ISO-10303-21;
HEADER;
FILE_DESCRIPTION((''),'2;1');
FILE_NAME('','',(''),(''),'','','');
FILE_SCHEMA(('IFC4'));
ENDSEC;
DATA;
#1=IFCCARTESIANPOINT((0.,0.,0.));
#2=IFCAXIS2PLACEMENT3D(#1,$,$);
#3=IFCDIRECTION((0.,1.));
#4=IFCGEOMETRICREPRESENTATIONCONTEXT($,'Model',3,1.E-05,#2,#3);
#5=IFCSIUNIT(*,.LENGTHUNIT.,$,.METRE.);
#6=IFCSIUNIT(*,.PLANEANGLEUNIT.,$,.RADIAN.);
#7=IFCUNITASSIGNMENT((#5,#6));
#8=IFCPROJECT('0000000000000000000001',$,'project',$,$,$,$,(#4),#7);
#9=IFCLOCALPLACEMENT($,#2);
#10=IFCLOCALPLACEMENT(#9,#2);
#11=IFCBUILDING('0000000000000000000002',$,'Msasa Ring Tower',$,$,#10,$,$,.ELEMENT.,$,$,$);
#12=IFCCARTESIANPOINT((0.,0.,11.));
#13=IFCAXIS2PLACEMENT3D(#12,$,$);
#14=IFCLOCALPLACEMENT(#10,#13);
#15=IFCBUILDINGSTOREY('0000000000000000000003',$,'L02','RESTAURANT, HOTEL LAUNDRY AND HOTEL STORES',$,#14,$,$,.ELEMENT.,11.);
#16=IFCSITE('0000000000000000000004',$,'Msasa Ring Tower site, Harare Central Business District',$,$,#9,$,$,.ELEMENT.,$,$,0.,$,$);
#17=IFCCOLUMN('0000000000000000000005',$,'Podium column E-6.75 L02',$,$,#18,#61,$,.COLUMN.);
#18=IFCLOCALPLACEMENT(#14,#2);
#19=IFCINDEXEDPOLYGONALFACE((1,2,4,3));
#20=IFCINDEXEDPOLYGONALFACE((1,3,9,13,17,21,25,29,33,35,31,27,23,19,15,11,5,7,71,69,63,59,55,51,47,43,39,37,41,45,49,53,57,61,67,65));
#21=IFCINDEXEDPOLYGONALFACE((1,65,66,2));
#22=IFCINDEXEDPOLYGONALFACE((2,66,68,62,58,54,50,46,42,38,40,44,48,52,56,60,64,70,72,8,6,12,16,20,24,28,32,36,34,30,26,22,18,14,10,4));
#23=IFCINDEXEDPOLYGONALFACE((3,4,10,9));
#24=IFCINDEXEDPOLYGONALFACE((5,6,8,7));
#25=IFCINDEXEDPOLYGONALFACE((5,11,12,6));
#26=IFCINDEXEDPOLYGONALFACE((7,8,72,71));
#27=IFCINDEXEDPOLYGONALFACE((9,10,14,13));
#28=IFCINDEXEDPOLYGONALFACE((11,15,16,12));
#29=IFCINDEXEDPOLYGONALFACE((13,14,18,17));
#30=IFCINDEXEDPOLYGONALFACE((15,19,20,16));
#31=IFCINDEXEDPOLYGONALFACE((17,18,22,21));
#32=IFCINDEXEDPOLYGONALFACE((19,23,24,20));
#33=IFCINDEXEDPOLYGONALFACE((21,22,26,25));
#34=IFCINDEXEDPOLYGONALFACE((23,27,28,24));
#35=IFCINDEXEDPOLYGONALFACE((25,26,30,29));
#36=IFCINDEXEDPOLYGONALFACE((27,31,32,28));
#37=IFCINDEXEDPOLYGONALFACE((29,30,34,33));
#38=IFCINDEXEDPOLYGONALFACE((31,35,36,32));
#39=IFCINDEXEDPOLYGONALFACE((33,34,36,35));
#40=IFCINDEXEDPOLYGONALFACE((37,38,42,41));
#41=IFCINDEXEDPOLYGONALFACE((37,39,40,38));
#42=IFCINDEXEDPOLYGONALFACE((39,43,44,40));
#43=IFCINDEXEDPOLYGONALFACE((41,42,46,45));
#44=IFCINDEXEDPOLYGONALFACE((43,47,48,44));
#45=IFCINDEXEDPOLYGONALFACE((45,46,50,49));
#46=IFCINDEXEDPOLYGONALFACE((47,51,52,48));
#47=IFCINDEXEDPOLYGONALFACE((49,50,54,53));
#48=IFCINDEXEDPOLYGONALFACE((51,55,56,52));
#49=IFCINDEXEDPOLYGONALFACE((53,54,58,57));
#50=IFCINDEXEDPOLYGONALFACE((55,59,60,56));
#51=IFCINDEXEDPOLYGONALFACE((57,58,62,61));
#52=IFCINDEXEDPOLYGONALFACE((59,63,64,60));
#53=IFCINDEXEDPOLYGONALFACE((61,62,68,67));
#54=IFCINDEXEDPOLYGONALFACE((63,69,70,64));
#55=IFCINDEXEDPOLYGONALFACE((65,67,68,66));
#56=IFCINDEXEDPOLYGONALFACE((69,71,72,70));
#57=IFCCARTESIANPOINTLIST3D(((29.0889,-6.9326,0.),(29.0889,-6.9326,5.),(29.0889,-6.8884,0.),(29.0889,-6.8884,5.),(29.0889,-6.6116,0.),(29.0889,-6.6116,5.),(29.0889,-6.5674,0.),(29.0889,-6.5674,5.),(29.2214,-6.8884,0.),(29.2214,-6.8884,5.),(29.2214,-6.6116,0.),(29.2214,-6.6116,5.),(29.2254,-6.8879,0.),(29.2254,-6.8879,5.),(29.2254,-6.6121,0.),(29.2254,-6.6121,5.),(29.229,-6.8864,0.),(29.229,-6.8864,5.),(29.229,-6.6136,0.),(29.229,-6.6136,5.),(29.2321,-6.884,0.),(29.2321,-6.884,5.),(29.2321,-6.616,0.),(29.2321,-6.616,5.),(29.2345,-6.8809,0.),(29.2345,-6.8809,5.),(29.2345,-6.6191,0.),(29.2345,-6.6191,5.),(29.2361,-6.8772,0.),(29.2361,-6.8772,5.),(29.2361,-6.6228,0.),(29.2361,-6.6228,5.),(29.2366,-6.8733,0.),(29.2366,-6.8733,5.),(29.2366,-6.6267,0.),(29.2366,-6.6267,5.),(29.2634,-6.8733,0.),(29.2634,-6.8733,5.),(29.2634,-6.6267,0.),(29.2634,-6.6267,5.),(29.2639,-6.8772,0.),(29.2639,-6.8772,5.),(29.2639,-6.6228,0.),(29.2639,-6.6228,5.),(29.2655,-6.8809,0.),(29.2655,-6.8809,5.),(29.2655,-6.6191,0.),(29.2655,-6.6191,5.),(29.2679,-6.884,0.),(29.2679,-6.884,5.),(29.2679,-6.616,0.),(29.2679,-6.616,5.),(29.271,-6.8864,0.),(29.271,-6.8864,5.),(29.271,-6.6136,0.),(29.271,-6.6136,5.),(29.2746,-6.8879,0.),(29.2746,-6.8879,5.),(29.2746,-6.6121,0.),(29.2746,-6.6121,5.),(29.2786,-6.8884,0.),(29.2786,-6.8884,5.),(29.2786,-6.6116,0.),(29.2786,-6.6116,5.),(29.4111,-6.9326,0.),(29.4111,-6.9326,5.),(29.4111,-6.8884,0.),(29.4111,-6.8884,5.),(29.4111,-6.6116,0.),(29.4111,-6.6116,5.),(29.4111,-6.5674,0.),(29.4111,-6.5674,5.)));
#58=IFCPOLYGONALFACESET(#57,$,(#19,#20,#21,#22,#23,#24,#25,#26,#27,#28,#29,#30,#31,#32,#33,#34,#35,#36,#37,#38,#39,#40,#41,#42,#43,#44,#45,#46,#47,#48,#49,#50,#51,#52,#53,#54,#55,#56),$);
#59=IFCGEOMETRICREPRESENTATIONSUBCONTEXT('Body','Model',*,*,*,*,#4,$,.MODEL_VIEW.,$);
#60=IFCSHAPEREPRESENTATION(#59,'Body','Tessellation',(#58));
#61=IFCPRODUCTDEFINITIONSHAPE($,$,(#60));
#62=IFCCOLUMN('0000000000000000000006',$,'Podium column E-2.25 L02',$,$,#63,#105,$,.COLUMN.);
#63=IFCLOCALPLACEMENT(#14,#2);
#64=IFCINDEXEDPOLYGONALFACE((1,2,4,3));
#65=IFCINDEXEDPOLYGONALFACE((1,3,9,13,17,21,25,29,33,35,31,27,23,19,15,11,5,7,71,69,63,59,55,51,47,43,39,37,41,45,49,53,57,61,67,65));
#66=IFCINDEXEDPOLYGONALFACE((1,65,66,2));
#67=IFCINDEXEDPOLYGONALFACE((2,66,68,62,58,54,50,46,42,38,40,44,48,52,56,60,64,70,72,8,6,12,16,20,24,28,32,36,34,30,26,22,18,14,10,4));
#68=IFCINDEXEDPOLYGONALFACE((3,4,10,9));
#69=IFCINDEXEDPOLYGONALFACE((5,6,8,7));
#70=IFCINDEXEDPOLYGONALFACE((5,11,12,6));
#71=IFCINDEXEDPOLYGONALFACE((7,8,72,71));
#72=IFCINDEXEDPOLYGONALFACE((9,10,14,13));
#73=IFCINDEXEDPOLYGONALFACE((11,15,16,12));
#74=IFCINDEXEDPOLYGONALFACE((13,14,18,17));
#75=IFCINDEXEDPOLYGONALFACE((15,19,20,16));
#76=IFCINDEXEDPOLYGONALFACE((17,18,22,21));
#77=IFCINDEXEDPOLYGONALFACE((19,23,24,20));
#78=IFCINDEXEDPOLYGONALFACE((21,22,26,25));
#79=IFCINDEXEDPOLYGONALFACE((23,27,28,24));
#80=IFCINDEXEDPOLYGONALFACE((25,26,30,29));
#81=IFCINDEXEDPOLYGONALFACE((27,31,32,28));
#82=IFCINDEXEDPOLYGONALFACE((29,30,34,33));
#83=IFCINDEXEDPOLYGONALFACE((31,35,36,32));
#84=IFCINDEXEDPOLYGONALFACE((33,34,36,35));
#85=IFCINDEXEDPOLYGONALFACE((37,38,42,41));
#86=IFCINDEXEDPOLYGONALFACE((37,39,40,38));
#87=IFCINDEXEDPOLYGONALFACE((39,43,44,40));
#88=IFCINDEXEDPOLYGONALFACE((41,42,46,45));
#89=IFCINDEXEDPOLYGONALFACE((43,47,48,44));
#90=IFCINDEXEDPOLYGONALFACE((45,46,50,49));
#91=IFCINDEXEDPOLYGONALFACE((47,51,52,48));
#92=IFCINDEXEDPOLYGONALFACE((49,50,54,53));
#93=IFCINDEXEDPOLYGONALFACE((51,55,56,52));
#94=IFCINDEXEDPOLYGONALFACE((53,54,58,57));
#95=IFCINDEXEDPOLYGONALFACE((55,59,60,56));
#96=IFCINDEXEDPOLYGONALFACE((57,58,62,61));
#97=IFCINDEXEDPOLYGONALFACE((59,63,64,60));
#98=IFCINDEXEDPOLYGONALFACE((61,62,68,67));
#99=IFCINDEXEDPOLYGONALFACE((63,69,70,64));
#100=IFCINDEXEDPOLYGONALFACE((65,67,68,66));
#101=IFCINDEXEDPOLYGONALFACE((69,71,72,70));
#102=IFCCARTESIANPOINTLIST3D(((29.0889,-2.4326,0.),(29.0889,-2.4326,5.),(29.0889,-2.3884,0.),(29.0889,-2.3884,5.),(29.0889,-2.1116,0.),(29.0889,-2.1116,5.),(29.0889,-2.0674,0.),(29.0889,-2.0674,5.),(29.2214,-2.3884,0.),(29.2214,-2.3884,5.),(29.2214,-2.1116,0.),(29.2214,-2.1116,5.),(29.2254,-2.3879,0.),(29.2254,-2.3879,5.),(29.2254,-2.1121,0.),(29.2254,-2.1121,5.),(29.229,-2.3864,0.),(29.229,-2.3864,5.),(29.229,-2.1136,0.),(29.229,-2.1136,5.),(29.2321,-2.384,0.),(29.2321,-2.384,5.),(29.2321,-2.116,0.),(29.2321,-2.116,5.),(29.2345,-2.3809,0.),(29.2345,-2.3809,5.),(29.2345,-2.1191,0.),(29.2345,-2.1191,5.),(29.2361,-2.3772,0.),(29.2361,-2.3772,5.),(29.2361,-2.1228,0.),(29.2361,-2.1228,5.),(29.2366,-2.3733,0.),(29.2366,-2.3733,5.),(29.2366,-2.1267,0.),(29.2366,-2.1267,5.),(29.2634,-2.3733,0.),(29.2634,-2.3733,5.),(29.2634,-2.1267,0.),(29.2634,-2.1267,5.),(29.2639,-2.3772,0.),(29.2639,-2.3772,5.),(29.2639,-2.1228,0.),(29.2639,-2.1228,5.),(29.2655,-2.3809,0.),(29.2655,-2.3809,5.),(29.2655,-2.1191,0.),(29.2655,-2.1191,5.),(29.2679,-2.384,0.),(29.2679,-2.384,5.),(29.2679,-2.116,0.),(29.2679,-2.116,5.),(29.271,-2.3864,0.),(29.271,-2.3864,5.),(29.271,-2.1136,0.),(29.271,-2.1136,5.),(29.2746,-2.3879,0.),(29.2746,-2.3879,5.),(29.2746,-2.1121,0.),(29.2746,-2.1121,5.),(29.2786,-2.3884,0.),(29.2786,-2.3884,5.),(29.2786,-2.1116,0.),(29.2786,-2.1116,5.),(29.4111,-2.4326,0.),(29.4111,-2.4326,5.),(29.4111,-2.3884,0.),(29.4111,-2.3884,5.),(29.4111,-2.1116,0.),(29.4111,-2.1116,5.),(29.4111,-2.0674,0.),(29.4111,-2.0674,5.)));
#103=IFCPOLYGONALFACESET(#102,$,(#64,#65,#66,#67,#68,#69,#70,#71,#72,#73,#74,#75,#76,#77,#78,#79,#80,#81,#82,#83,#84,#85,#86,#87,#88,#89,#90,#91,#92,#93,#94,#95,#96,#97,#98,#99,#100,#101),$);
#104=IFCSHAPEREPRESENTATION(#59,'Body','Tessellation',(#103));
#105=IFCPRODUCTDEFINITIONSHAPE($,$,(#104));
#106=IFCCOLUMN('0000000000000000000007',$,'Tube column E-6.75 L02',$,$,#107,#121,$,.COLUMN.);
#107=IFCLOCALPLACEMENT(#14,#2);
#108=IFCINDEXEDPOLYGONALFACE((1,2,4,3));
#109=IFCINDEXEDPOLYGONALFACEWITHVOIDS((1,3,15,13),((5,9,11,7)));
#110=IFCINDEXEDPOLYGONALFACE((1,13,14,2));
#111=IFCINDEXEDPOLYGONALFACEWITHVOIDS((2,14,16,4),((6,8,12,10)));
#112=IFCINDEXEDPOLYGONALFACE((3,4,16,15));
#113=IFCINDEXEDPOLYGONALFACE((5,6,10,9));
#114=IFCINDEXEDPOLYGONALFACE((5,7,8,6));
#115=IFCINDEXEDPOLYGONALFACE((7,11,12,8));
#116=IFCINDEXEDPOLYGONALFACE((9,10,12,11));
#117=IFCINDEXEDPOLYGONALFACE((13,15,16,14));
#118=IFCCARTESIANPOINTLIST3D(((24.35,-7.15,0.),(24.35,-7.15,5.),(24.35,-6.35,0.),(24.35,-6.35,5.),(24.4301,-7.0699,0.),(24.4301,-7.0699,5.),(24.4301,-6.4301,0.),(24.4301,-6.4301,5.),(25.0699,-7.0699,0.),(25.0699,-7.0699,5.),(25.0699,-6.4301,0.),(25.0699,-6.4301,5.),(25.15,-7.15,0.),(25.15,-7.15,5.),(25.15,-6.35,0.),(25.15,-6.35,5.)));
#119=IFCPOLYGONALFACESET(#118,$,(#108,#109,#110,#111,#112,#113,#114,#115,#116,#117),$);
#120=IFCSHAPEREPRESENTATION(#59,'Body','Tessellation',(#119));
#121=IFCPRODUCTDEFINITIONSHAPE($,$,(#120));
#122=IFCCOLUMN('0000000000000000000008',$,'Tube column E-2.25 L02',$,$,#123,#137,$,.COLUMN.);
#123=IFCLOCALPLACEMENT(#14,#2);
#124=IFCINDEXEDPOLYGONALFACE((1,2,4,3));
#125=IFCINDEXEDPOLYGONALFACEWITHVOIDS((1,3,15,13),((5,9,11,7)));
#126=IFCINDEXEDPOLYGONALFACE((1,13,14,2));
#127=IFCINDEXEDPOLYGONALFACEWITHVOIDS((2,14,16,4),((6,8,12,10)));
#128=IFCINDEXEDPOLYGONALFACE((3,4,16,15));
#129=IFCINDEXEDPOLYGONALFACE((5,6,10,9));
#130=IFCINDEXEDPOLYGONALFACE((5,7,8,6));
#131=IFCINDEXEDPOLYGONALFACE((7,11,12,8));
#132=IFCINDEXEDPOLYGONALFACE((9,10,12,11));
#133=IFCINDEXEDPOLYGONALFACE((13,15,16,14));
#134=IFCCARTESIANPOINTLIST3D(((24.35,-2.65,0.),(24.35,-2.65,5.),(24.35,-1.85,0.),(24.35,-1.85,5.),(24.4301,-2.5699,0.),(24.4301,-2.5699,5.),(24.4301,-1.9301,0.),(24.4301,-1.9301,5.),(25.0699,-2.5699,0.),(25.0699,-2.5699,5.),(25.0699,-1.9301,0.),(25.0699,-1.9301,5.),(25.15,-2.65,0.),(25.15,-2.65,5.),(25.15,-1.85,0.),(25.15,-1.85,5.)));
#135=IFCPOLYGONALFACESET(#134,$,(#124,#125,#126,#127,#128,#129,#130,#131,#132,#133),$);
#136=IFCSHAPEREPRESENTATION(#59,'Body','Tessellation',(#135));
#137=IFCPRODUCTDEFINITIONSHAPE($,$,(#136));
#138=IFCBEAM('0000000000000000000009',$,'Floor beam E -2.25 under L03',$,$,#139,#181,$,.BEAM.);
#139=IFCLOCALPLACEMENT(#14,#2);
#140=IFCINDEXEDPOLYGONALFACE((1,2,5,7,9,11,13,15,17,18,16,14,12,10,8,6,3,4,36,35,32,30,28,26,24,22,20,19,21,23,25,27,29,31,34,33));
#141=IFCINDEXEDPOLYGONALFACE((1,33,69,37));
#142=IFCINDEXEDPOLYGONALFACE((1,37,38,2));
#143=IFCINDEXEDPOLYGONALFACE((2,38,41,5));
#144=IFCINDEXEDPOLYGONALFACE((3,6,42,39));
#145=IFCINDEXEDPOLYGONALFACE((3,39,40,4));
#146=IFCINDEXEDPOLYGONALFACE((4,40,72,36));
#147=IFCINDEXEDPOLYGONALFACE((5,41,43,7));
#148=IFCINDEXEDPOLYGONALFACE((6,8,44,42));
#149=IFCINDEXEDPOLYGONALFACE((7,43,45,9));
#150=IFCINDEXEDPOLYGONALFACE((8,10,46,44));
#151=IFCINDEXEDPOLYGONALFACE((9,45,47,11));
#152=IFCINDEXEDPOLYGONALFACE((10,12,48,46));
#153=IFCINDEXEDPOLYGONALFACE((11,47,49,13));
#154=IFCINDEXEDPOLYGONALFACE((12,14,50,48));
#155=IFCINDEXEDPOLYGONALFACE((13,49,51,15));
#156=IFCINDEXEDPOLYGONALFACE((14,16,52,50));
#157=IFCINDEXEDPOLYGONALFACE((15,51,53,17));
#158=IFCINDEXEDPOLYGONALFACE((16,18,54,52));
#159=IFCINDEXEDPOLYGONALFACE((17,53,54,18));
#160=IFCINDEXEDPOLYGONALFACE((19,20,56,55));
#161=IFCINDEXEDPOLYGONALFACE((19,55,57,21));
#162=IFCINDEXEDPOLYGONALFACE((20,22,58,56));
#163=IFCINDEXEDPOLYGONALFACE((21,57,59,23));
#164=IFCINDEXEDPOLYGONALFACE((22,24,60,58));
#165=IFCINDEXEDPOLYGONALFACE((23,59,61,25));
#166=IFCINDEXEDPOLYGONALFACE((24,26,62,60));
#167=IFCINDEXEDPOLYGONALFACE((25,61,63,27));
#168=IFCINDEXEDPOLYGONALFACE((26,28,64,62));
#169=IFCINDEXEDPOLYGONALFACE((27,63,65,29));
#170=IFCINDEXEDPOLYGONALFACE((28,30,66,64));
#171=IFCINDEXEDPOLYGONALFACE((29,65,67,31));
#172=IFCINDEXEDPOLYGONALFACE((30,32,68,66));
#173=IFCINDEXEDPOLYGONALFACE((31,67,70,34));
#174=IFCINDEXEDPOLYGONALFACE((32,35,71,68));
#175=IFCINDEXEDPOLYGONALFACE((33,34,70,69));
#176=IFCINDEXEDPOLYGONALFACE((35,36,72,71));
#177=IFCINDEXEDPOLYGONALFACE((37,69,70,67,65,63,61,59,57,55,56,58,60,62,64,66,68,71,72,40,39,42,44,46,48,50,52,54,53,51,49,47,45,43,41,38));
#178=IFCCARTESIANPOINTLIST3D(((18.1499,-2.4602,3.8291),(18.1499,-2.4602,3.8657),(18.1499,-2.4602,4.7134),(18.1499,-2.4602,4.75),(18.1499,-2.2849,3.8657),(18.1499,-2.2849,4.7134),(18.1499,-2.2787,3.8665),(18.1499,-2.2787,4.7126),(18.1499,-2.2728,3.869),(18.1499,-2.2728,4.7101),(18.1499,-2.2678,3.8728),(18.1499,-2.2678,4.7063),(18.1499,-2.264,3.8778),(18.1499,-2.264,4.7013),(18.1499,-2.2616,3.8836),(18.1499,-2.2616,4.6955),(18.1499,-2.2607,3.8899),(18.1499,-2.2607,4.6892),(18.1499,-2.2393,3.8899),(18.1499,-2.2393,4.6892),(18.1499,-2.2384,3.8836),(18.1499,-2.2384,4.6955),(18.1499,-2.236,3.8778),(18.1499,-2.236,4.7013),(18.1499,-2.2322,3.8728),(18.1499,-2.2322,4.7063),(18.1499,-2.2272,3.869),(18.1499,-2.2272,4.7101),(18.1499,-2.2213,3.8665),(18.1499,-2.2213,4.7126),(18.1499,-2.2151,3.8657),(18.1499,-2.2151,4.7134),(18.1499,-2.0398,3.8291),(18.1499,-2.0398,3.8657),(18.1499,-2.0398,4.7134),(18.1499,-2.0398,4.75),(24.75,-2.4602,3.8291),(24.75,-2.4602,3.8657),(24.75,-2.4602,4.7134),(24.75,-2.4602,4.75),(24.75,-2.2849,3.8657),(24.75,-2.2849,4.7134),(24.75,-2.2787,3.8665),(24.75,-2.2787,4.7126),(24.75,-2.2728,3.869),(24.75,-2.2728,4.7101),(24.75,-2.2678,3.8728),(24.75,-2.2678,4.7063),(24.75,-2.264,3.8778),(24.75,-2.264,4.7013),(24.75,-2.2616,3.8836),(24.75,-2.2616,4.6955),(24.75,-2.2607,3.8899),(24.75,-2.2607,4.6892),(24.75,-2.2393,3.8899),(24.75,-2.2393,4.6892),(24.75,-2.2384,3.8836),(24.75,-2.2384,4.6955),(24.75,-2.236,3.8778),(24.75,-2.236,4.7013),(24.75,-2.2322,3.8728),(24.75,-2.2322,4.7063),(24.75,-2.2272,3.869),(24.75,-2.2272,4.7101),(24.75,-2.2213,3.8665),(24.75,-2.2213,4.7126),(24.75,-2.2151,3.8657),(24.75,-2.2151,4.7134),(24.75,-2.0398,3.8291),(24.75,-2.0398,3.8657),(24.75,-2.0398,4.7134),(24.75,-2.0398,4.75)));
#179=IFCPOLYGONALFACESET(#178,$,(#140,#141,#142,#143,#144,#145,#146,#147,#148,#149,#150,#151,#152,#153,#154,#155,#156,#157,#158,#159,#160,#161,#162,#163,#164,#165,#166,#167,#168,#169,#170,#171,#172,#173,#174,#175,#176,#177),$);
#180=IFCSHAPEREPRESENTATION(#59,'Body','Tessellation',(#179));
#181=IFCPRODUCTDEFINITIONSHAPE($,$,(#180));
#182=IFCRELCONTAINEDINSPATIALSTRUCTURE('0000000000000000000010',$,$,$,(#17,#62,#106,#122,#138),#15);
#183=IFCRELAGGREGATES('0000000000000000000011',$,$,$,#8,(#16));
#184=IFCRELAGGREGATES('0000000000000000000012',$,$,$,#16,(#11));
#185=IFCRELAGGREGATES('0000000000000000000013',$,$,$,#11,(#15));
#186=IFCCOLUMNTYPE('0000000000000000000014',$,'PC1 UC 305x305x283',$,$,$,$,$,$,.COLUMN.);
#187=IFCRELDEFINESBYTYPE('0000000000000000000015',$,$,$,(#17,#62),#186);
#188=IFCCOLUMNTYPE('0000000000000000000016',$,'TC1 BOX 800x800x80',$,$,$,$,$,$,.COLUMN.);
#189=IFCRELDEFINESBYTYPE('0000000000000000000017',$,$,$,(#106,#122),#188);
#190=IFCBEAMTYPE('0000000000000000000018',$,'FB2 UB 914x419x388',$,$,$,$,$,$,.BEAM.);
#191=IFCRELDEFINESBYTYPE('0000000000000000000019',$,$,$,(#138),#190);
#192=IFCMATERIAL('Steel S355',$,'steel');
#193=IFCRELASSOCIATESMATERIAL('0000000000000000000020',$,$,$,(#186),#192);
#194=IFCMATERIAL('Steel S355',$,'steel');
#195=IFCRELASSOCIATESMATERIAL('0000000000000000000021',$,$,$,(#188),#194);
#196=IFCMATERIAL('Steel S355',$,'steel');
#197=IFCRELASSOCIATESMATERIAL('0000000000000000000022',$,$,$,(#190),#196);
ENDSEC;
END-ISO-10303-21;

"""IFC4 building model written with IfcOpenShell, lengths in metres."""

from ifc_helpers import new_model, si_unit, direction, frame, origin, origin_2d, place, context, subcontext, project, spatial, hollow_rectangle, i_section, extrude, material, material_profile, profile_set, type_object, element, save


model = new_model("IFC4")

# Units and contexts
model_context = context("Model", 3, precision=1e-05, world=origin(), true_north=direction((0.0, 1.0)))
body_context = subcontext(model_context, "Body", "Model", "MODEL_VIEW")
ifc_project = project(units=[si_unit("LENGTHUNIT", "METRE"), si_unit("PLANEANGLEUNIT", "RADIAN")], contexts=[model_context])

# Site, building, storey
site_placement = place(None, origin())
site = spatial("IfcSite", under=ifc_project, at=site_placement, Name="Msasa Ring Tower site, Harare Central Business District", CompositionType="ELEMENT", RefElevation=0.0)
building_placement = place(site_placement, origin())
building = spatial("IfcBuilding", under=site, at=building_placement, Name="Msasa Ring Tower", CompositionType="ELEMENT")
storey_placement = place(building_placement, frame((0.0, 0.0, 11.0)))
storey = spatial("IfcBuildingStorey", under=building, at=storey_placement, Name="L02", Description="RESTAURANT, HOTEL LAUNDRY AND HOTEL STORES", CompositionType="ELEMENT", Elevation=11.0)

# Columns
ifc_material_1 = material(Name="Steel S355", Category="steel")
ifc_material_profile_1 = material_profile(ifc_material_1, i_section(OverallWidth=0.3223, OverallDepth=0.3652, WebThickness=0.0269, FlangeThickness=0.0442, FilletRadius=0.0151, at=origin_2d()), Name="UC 305x305x283")
ifc_profile_set_1 = profile_set([ifc_material_profile_1], Name="Steel S355")
column_type_1 = type_object("IfcColumnType", Name="PC1 UC 305x305x283", PredefinedType="COLUMN", material=ifc_profile_set_1)
for number, where, z_axis, x_axis, name in (
    (1, (29.25, -6.75, 0.0), (0.0, 0.0, 1.0), (1.0, 0.0, 0.0), "Podium column E-6.75 L02"),
    (2, (29.25, -2.25, 0.0), (0.0, 0.0, 1.0), (1.0, 0.0, 0.0), "Podium column E-2.25 L02"),
):
    element("IfcColumn", number, at=place(storey_placement, frame(where, z_axis=z_axis, x_axis=x_axis)), inside=storey, type_object=column_type_1, Name=name, PredefinedType="COLUMN", context=body_context, shape_type="SweptSolid", body=[
        extrude(i_section(OverallWidth=0.3223, OverallDepth=0.3652, WebThickness=0.0269, FlangeThickness=0.0442, FilletRadius=0.0151, at=origin_2d()), origin(), (0.0, 0.0, 1.0), 5.0),
    ])
ifc_material_2 = material(Name="Steel S355", Category="steel")
ifc_material_profile_2 = material_profile(ifc_material_2, hollow_rectangle(XDim=0.8, YDim=0.8, WallThickness=0.0801, at=origin_2d()), Name="BOX 800x800x80")
ifc_profile_set_2 = profile_set([ifc_material_profile_2], Name="Steel S355")
column_type_2 = type_object("IfcColumnType", Name="TC1 BOX 800x800x80", PredefinedType="COLUMN", material=ifc_profile_set_2)
for number, where, z_axis, x_axis, name in (
    (3, (24.75, -6.75, 0.0), (0.0, 0.0, 1.0), (1.0, 0.0, 0.0), "Tube column E-6.75 L02"),
    (4, (24.75, -2.25, 0.0), (0.0, 0.0, 1.0), (1.0, 0.0, 0.0), "Tube column E-2.25 L02"),
):
    element("IfcColumn", number, at=place(storey_placement, frame(where, z_axis=z_axis, x_axis=x_axis)), inside=storey, type_object=column_type_2, Name=name, PredefinedType="COLUMN", context=body_context, shape_type="SweptSolid", body=[
        extrude(hollow_rectangle(XDim=0.8, YDim=0.8, WallThickness=0.0801, at=origin_2d()), origin(), (0.0, 0.0, 1.0), 5.0),
    ])

# Beam
ifc_material_3 = material(Name="Steel S355", Category="steel")
ifc_material_profile_3 = material_profile(ifc_material_3, i_section(OverallWidth=0.4204, OverallDepth=0.9209, WebThickness=0.0215, FlangeThickness=0.0366, FilletRadius=0.0242, at=origin_2d()), Name="UB 914x419x388")
ifc_profile_set_3 = profile_set([ifc_material_profile_3], Name="Steel S355")
beam_type_1 = type_object("IfcBeamType", Name="FB2 UB 914x419x388", PredefinedType="BEAM", material=ifc_profile_set_3)
beam_placement = place(storey_placement, frame((24.75, -2.25, 4.2896), z_axis=(-1.0, 0.0, 0.0), x_axis=(0.0, -1.0, 0.0)))
element("IfcBeam", 5, at=beam_placement, inside=storey, type_object=beam_type_1, Name="Floor beam E -2.25 under L03", PredefinedType="BEAM", context=body_context, shape_type="SweptSolid", body=[
    extrude(i_section(OverallWidth=0.4204, OverallDepth=0.9209, WebThickness=0.0215, FlangeThickness=0.0366, FilletRadius=0.0242, at=origin_2d()), origin(), (0.0, 0.0, 1.0), 6.6001),
])

save(model, "model.ifc")
